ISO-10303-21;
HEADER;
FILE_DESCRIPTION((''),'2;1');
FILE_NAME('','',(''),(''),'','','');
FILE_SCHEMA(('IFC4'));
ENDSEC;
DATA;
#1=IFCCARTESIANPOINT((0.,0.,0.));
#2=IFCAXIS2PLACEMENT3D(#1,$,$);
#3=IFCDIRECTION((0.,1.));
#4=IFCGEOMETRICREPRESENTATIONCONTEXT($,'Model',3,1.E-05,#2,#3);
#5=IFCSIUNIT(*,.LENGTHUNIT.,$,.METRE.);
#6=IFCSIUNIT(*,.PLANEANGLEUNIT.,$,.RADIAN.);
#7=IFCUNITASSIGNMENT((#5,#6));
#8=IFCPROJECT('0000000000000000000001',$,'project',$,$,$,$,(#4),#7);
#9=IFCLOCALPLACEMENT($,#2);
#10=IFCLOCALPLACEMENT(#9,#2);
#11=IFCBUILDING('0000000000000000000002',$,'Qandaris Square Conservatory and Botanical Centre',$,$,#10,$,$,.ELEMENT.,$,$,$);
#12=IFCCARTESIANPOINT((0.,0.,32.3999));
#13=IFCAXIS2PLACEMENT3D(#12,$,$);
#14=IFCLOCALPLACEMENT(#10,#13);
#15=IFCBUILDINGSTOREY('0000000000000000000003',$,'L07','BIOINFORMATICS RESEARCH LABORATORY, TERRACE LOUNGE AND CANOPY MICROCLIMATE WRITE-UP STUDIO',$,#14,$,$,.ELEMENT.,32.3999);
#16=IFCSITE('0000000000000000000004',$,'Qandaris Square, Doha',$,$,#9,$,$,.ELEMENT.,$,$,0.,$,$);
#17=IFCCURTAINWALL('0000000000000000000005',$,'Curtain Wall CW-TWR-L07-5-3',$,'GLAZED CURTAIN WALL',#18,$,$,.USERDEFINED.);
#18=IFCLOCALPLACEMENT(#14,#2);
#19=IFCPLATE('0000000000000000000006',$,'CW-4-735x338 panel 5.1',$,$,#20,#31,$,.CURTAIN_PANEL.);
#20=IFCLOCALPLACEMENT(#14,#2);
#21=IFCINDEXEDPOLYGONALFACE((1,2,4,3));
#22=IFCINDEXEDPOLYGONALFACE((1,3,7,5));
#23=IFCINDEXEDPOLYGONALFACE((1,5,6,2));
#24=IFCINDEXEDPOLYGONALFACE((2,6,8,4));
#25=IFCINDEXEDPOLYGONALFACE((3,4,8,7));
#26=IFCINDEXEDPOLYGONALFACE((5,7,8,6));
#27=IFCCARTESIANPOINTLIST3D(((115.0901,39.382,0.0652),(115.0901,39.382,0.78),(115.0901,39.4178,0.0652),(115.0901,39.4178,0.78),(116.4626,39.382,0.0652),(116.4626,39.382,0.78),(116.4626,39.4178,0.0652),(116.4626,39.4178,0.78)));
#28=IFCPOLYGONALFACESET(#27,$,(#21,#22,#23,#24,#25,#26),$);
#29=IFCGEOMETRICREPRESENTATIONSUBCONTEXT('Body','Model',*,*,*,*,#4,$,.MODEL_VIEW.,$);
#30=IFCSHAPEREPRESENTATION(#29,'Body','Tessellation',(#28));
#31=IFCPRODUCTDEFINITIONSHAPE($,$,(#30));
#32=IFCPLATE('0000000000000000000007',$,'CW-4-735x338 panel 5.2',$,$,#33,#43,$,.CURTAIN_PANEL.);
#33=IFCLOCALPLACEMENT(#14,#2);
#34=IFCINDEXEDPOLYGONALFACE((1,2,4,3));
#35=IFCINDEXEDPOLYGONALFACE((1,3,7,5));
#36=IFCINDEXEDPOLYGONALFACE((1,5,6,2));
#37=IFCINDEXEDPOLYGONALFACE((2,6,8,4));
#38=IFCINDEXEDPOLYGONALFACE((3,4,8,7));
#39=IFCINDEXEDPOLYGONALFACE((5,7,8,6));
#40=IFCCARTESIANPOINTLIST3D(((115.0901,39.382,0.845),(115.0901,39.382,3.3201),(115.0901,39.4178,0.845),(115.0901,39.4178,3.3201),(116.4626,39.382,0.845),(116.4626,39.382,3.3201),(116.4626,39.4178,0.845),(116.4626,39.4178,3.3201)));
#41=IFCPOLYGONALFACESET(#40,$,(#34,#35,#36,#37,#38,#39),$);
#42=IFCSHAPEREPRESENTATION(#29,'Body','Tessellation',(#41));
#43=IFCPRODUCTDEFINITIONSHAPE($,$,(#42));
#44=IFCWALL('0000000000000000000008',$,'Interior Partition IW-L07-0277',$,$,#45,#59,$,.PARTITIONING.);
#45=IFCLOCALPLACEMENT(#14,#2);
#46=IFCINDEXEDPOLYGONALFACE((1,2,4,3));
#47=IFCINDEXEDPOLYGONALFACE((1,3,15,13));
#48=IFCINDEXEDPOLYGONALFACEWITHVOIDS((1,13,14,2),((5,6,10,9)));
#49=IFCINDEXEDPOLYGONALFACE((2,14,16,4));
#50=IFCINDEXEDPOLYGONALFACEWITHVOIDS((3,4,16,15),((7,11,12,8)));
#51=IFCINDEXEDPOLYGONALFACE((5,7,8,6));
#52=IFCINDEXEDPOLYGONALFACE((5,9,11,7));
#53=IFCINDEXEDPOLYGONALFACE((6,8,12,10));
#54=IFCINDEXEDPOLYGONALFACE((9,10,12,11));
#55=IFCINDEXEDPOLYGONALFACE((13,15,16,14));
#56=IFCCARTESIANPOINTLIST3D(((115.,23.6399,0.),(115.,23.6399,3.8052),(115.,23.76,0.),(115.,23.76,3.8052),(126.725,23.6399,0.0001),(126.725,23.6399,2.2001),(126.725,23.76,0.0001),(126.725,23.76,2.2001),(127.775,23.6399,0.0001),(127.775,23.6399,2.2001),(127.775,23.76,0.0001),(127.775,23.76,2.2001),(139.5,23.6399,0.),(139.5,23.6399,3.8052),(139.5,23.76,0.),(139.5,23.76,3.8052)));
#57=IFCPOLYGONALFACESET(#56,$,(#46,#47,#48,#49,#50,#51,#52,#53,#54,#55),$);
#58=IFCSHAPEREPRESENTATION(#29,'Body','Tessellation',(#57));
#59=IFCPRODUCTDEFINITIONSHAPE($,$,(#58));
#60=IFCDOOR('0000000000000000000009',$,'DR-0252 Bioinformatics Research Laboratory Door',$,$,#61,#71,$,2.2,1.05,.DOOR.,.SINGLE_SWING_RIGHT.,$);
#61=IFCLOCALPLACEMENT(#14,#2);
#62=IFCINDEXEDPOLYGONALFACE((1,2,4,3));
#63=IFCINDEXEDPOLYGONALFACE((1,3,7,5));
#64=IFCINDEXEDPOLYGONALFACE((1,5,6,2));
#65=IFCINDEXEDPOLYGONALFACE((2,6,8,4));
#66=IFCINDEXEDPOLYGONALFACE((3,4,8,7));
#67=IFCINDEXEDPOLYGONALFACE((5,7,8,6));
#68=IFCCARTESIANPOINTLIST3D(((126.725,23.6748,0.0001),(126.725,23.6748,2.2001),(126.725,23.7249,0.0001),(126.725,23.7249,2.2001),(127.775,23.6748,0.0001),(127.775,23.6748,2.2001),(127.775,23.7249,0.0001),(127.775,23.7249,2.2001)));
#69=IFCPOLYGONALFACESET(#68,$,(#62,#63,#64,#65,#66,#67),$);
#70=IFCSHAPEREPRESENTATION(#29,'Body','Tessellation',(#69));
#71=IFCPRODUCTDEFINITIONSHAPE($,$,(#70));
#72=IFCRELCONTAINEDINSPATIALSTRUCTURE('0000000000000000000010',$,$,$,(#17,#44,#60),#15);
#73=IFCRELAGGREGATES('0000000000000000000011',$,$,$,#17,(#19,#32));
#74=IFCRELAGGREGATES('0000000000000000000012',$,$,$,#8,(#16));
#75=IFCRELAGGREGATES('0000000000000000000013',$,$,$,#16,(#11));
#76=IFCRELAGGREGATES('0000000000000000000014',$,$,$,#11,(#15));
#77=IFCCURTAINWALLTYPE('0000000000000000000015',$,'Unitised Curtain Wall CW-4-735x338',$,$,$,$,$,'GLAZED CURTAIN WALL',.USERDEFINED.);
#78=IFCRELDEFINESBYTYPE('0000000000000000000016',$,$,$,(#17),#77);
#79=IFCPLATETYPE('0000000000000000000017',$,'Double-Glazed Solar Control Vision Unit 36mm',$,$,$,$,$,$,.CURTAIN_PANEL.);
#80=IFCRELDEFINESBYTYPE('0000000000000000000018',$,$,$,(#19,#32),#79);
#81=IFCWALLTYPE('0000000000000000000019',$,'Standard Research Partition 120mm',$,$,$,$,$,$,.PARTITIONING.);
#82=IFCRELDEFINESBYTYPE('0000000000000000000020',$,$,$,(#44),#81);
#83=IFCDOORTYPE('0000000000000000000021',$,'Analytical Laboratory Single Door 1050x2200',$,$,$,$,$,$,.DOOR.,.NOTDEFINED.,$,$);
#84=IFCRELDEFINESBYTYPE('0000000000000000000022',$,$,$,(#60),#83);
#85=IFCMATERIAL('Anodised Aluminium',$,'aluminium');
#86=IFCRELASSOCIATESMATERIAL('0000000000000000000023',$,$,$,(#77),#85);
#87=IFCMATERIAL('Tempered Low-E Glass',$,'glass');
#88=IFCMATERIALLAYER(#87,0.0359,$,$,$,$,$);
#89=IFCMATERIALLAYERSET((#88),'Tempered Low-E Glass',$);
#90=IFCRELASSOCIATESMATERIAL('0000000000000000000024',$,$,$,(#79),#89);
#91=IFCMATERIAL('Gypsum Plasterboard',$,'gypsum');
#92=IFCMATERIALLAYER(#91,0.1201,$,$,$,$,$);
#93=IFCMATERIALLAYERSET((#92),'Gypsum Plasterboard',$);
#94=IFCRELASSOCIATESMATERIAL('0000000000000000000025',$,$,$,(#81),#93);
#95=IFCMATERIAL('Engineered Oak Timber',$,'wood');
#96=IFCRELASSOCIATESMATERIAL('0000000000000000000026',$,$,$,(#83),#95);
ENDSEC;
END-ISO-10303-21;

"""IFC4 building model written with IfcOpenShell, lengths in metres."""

from ifc_helpers import new_model, si_unit, direction, frame, frame_2d, origin, origin_2d, place, context, subcontext, project, spatial, rectangle, extrude, material, layer, layer_set, type_object, element, fill, aggregate, save


model = new_model("IFC4")

# Units and contexts
model_context = context("Model", 3, precision=1e-05, world=origin(), true_north=direction((0.0, 1.0)))
body_context = subcontext(model_context, "Body", "Model", "MODEL_VIEW")
ifc_project = project(units=[si_unit("LENGTHUNIT", "METRE"), si_unit("PLANEANGLEUNIT", "RADIAN")], contexts=[model_context])

# Site, building, storey
site_placement = place(None, origin())
site = spatial("IfcSite", under=ifc_project, at=site_placement, Name="Qandaris Square, Doha", CompositionType="ELEMENT", RefElevation=0.0)
building_placement = place(site_placement, origin())
building = spatial("IfcBuilding", under=site, at=building_placement, Name="Qandaris Square Conservatory and Botanical Centre", CompositionType="ELEMENT")
storey_placement = place(building_placement, frame((0.0, 0.0, 32.3999)))
storey = spatial("IfcBuildingStorey", under=building, at=storey_placement, Name="L07", Description="BIOINFORMATICS RESEARCH LABORATORY, TERRACE LOUNGE AND CANOPY MICROCLIMATE WRITE-UP STUDIO", CompositionType="ELEMENT", Elevation=32.3999)

# Curtain wall, plates
ifc_material_1 = material(Name="Anodised Aluminium", Category="aluminium")
curtain_wall_type = type_object("IfcCurtainWallType", Name="Unitised Curtain Wall CW-4-735x338", ElementType="GLAZED CURTAIN WALL", PredefinedType="USERDEFINED", material=ifc_material_1)
curtain_wall_placement = place(storey_placement, origin())
curtain_wall = element("IfcCurtainWall", 1, at=curtain_wall_placement, inside=storey, type_object=curtain_wall_type, Name="Curtain Wall CW-TWR-L07-5-3", ObjectType="GLAZED CURTAIN WALL", PredefinedType="USERDEFINED")
ifc_material_2 = material(Name="Tempered Low-E Glass", Category="glass")
ifc_layer_1 = layer(ifc_material_2, 0.0359)
ifc_layer_set_1 = layer_set([ifc_layer_1], Name="Tempered Low-E Glass")
plate_type = type_object("IfcPlateType", Name="Double-Glazed Solar Control Vision Unit 36mm", PredefinedType="CURTAIN_PANEL", material=ifc_layer_set_1)
plate_1_placement = place(storey_placement, frame((115.7764, 39.3999, 0.0652), z_axis=(0.0, 0.0, 1.0), x_axis=(-1.0, 0.0, 0.0)))
plate_1 = element("IfcPlate", 2, at=plate_1_placement, type_object=plate_type, Name="CW-4-735x338 panel 5.1", PredefinedType="CURTAIN_PANEL", context=body_context, shape_type="SweptSolid", body=[
    extrude(rectangle(XDim=1.3726, YDim=0.0359, at=origin_2d()), origin(), (0.0, 0.0, 1.0), 0.7148),
])
plate_2_placement = place(storey_placement, frame((115.7764, 39.3999, 0.845), z_axis=(0.0, 0.0, 1.0), x_axis=(-1.0, 0.0, 0.0)))
plate_2 = element("IfcPlate", 3, at=plate_2_placement, type_object=plate_type, Name="CW-4-735x338 panel 5.2", PredefinedType="CURTAIN_PANEL", context=body_context, shape_type="SweptSolid", body=[
    extrude(rectangle(XDim=1.3726, YDim=0.0359, at=origin_2d()), origin(), (0.0, 0.0, 1.0), 2.4751),
])
aggregate(curtain_wall, [plate_1, plate_2])

# Wall, opening, door
ifc_material_3 = material(Name="Gypsum Plasterboard", Category="gypsum")
ifc_layer_2 = layer(ifc_material_3, 0.1201)
ifc_layer_set_2 = layer_set([ifc_layer_2], Name="Gypsum Plasterboard")
wall_type = type_object("IfcWallType", Name="Standard Research Partition 120mm", PredefinedType="PARTITIONING", material=ifc_layer_set_2)
wall_placement = place(storey_placement, frame((115.0, 23.7, 0.0), z_axis=(0.0, 0.0, 1.0), x_axis=(1.0, 0.0, 0.0)))
wall = element("IfcWall", 4, at=wall_placement, inside=storey, type_object=wall_type, Name="Interior Partition IW-L07-0277", PredefinedType="PARTITIONING", context=body_context, shape_type="SweptSolid", body=[
    extrude(rectangle(XDim=24.5, YDim=0.1201, at=frame_2d((12.25, 0.0))), origin(), (0.0, 0.0, 1.0), 3.8052),
])
opening_placement = place(wall_placement, frame((11.7251, 0.0, 0.0)))
opening = element("IfcOpeningElement", 5, at=opening_placement, cuts=wall, PredefinedType="OPENING", context=body_context, shape_type="SweptSolid", body=[
    extrude(rectangle(XDim=1.05, YDim=2.2, at=frame_2d((0.5249, 1.1001))), frame((0.0, 0.072, 0.0), z_axis=(0.0, -1.0, 0.0), x_axis=(1.0, 0.0, 0.0)), (0.0, 0.0, 1.0), 0.144),
])
ifc_material_4 = material(Name="Engineered Oak Timber", Category="wood")
door_type = type_object("IfcDoorType", Name="Analytical Laboratory Single Door 1050x2200", OperationType="NOTDEFINED", PredefinedType="DOOR", material=ifc_material_4)
door_placement = place(opening_placement, origin())
door = element("IfcDoor", 6, at=door_placement, inside=storey, type_object=door_type, Name="DR-0252 Bioinformatics Research Laboratory Door", OperationType="SINGLE_SWING_RIGHT", OverallHeight=2.2, OverallWidth=1.05, PredefinedType="DOOR", context=body_context, shape_type="SweptSolid", body=[
    extrude(rectangle(XDim=1.05, YDim=2.2, at=frame_2d((0.5249, 1.1001))), frame((0.0, 0.0249, 0.0), z_axis=(0.0, -1.0, 0.0), x_axis=(1.0, 0.0, 0.0)), (0.0, 0.0, 1.0), 0.05),
])
fill(opening, door)

save(model, "model.ifc")
